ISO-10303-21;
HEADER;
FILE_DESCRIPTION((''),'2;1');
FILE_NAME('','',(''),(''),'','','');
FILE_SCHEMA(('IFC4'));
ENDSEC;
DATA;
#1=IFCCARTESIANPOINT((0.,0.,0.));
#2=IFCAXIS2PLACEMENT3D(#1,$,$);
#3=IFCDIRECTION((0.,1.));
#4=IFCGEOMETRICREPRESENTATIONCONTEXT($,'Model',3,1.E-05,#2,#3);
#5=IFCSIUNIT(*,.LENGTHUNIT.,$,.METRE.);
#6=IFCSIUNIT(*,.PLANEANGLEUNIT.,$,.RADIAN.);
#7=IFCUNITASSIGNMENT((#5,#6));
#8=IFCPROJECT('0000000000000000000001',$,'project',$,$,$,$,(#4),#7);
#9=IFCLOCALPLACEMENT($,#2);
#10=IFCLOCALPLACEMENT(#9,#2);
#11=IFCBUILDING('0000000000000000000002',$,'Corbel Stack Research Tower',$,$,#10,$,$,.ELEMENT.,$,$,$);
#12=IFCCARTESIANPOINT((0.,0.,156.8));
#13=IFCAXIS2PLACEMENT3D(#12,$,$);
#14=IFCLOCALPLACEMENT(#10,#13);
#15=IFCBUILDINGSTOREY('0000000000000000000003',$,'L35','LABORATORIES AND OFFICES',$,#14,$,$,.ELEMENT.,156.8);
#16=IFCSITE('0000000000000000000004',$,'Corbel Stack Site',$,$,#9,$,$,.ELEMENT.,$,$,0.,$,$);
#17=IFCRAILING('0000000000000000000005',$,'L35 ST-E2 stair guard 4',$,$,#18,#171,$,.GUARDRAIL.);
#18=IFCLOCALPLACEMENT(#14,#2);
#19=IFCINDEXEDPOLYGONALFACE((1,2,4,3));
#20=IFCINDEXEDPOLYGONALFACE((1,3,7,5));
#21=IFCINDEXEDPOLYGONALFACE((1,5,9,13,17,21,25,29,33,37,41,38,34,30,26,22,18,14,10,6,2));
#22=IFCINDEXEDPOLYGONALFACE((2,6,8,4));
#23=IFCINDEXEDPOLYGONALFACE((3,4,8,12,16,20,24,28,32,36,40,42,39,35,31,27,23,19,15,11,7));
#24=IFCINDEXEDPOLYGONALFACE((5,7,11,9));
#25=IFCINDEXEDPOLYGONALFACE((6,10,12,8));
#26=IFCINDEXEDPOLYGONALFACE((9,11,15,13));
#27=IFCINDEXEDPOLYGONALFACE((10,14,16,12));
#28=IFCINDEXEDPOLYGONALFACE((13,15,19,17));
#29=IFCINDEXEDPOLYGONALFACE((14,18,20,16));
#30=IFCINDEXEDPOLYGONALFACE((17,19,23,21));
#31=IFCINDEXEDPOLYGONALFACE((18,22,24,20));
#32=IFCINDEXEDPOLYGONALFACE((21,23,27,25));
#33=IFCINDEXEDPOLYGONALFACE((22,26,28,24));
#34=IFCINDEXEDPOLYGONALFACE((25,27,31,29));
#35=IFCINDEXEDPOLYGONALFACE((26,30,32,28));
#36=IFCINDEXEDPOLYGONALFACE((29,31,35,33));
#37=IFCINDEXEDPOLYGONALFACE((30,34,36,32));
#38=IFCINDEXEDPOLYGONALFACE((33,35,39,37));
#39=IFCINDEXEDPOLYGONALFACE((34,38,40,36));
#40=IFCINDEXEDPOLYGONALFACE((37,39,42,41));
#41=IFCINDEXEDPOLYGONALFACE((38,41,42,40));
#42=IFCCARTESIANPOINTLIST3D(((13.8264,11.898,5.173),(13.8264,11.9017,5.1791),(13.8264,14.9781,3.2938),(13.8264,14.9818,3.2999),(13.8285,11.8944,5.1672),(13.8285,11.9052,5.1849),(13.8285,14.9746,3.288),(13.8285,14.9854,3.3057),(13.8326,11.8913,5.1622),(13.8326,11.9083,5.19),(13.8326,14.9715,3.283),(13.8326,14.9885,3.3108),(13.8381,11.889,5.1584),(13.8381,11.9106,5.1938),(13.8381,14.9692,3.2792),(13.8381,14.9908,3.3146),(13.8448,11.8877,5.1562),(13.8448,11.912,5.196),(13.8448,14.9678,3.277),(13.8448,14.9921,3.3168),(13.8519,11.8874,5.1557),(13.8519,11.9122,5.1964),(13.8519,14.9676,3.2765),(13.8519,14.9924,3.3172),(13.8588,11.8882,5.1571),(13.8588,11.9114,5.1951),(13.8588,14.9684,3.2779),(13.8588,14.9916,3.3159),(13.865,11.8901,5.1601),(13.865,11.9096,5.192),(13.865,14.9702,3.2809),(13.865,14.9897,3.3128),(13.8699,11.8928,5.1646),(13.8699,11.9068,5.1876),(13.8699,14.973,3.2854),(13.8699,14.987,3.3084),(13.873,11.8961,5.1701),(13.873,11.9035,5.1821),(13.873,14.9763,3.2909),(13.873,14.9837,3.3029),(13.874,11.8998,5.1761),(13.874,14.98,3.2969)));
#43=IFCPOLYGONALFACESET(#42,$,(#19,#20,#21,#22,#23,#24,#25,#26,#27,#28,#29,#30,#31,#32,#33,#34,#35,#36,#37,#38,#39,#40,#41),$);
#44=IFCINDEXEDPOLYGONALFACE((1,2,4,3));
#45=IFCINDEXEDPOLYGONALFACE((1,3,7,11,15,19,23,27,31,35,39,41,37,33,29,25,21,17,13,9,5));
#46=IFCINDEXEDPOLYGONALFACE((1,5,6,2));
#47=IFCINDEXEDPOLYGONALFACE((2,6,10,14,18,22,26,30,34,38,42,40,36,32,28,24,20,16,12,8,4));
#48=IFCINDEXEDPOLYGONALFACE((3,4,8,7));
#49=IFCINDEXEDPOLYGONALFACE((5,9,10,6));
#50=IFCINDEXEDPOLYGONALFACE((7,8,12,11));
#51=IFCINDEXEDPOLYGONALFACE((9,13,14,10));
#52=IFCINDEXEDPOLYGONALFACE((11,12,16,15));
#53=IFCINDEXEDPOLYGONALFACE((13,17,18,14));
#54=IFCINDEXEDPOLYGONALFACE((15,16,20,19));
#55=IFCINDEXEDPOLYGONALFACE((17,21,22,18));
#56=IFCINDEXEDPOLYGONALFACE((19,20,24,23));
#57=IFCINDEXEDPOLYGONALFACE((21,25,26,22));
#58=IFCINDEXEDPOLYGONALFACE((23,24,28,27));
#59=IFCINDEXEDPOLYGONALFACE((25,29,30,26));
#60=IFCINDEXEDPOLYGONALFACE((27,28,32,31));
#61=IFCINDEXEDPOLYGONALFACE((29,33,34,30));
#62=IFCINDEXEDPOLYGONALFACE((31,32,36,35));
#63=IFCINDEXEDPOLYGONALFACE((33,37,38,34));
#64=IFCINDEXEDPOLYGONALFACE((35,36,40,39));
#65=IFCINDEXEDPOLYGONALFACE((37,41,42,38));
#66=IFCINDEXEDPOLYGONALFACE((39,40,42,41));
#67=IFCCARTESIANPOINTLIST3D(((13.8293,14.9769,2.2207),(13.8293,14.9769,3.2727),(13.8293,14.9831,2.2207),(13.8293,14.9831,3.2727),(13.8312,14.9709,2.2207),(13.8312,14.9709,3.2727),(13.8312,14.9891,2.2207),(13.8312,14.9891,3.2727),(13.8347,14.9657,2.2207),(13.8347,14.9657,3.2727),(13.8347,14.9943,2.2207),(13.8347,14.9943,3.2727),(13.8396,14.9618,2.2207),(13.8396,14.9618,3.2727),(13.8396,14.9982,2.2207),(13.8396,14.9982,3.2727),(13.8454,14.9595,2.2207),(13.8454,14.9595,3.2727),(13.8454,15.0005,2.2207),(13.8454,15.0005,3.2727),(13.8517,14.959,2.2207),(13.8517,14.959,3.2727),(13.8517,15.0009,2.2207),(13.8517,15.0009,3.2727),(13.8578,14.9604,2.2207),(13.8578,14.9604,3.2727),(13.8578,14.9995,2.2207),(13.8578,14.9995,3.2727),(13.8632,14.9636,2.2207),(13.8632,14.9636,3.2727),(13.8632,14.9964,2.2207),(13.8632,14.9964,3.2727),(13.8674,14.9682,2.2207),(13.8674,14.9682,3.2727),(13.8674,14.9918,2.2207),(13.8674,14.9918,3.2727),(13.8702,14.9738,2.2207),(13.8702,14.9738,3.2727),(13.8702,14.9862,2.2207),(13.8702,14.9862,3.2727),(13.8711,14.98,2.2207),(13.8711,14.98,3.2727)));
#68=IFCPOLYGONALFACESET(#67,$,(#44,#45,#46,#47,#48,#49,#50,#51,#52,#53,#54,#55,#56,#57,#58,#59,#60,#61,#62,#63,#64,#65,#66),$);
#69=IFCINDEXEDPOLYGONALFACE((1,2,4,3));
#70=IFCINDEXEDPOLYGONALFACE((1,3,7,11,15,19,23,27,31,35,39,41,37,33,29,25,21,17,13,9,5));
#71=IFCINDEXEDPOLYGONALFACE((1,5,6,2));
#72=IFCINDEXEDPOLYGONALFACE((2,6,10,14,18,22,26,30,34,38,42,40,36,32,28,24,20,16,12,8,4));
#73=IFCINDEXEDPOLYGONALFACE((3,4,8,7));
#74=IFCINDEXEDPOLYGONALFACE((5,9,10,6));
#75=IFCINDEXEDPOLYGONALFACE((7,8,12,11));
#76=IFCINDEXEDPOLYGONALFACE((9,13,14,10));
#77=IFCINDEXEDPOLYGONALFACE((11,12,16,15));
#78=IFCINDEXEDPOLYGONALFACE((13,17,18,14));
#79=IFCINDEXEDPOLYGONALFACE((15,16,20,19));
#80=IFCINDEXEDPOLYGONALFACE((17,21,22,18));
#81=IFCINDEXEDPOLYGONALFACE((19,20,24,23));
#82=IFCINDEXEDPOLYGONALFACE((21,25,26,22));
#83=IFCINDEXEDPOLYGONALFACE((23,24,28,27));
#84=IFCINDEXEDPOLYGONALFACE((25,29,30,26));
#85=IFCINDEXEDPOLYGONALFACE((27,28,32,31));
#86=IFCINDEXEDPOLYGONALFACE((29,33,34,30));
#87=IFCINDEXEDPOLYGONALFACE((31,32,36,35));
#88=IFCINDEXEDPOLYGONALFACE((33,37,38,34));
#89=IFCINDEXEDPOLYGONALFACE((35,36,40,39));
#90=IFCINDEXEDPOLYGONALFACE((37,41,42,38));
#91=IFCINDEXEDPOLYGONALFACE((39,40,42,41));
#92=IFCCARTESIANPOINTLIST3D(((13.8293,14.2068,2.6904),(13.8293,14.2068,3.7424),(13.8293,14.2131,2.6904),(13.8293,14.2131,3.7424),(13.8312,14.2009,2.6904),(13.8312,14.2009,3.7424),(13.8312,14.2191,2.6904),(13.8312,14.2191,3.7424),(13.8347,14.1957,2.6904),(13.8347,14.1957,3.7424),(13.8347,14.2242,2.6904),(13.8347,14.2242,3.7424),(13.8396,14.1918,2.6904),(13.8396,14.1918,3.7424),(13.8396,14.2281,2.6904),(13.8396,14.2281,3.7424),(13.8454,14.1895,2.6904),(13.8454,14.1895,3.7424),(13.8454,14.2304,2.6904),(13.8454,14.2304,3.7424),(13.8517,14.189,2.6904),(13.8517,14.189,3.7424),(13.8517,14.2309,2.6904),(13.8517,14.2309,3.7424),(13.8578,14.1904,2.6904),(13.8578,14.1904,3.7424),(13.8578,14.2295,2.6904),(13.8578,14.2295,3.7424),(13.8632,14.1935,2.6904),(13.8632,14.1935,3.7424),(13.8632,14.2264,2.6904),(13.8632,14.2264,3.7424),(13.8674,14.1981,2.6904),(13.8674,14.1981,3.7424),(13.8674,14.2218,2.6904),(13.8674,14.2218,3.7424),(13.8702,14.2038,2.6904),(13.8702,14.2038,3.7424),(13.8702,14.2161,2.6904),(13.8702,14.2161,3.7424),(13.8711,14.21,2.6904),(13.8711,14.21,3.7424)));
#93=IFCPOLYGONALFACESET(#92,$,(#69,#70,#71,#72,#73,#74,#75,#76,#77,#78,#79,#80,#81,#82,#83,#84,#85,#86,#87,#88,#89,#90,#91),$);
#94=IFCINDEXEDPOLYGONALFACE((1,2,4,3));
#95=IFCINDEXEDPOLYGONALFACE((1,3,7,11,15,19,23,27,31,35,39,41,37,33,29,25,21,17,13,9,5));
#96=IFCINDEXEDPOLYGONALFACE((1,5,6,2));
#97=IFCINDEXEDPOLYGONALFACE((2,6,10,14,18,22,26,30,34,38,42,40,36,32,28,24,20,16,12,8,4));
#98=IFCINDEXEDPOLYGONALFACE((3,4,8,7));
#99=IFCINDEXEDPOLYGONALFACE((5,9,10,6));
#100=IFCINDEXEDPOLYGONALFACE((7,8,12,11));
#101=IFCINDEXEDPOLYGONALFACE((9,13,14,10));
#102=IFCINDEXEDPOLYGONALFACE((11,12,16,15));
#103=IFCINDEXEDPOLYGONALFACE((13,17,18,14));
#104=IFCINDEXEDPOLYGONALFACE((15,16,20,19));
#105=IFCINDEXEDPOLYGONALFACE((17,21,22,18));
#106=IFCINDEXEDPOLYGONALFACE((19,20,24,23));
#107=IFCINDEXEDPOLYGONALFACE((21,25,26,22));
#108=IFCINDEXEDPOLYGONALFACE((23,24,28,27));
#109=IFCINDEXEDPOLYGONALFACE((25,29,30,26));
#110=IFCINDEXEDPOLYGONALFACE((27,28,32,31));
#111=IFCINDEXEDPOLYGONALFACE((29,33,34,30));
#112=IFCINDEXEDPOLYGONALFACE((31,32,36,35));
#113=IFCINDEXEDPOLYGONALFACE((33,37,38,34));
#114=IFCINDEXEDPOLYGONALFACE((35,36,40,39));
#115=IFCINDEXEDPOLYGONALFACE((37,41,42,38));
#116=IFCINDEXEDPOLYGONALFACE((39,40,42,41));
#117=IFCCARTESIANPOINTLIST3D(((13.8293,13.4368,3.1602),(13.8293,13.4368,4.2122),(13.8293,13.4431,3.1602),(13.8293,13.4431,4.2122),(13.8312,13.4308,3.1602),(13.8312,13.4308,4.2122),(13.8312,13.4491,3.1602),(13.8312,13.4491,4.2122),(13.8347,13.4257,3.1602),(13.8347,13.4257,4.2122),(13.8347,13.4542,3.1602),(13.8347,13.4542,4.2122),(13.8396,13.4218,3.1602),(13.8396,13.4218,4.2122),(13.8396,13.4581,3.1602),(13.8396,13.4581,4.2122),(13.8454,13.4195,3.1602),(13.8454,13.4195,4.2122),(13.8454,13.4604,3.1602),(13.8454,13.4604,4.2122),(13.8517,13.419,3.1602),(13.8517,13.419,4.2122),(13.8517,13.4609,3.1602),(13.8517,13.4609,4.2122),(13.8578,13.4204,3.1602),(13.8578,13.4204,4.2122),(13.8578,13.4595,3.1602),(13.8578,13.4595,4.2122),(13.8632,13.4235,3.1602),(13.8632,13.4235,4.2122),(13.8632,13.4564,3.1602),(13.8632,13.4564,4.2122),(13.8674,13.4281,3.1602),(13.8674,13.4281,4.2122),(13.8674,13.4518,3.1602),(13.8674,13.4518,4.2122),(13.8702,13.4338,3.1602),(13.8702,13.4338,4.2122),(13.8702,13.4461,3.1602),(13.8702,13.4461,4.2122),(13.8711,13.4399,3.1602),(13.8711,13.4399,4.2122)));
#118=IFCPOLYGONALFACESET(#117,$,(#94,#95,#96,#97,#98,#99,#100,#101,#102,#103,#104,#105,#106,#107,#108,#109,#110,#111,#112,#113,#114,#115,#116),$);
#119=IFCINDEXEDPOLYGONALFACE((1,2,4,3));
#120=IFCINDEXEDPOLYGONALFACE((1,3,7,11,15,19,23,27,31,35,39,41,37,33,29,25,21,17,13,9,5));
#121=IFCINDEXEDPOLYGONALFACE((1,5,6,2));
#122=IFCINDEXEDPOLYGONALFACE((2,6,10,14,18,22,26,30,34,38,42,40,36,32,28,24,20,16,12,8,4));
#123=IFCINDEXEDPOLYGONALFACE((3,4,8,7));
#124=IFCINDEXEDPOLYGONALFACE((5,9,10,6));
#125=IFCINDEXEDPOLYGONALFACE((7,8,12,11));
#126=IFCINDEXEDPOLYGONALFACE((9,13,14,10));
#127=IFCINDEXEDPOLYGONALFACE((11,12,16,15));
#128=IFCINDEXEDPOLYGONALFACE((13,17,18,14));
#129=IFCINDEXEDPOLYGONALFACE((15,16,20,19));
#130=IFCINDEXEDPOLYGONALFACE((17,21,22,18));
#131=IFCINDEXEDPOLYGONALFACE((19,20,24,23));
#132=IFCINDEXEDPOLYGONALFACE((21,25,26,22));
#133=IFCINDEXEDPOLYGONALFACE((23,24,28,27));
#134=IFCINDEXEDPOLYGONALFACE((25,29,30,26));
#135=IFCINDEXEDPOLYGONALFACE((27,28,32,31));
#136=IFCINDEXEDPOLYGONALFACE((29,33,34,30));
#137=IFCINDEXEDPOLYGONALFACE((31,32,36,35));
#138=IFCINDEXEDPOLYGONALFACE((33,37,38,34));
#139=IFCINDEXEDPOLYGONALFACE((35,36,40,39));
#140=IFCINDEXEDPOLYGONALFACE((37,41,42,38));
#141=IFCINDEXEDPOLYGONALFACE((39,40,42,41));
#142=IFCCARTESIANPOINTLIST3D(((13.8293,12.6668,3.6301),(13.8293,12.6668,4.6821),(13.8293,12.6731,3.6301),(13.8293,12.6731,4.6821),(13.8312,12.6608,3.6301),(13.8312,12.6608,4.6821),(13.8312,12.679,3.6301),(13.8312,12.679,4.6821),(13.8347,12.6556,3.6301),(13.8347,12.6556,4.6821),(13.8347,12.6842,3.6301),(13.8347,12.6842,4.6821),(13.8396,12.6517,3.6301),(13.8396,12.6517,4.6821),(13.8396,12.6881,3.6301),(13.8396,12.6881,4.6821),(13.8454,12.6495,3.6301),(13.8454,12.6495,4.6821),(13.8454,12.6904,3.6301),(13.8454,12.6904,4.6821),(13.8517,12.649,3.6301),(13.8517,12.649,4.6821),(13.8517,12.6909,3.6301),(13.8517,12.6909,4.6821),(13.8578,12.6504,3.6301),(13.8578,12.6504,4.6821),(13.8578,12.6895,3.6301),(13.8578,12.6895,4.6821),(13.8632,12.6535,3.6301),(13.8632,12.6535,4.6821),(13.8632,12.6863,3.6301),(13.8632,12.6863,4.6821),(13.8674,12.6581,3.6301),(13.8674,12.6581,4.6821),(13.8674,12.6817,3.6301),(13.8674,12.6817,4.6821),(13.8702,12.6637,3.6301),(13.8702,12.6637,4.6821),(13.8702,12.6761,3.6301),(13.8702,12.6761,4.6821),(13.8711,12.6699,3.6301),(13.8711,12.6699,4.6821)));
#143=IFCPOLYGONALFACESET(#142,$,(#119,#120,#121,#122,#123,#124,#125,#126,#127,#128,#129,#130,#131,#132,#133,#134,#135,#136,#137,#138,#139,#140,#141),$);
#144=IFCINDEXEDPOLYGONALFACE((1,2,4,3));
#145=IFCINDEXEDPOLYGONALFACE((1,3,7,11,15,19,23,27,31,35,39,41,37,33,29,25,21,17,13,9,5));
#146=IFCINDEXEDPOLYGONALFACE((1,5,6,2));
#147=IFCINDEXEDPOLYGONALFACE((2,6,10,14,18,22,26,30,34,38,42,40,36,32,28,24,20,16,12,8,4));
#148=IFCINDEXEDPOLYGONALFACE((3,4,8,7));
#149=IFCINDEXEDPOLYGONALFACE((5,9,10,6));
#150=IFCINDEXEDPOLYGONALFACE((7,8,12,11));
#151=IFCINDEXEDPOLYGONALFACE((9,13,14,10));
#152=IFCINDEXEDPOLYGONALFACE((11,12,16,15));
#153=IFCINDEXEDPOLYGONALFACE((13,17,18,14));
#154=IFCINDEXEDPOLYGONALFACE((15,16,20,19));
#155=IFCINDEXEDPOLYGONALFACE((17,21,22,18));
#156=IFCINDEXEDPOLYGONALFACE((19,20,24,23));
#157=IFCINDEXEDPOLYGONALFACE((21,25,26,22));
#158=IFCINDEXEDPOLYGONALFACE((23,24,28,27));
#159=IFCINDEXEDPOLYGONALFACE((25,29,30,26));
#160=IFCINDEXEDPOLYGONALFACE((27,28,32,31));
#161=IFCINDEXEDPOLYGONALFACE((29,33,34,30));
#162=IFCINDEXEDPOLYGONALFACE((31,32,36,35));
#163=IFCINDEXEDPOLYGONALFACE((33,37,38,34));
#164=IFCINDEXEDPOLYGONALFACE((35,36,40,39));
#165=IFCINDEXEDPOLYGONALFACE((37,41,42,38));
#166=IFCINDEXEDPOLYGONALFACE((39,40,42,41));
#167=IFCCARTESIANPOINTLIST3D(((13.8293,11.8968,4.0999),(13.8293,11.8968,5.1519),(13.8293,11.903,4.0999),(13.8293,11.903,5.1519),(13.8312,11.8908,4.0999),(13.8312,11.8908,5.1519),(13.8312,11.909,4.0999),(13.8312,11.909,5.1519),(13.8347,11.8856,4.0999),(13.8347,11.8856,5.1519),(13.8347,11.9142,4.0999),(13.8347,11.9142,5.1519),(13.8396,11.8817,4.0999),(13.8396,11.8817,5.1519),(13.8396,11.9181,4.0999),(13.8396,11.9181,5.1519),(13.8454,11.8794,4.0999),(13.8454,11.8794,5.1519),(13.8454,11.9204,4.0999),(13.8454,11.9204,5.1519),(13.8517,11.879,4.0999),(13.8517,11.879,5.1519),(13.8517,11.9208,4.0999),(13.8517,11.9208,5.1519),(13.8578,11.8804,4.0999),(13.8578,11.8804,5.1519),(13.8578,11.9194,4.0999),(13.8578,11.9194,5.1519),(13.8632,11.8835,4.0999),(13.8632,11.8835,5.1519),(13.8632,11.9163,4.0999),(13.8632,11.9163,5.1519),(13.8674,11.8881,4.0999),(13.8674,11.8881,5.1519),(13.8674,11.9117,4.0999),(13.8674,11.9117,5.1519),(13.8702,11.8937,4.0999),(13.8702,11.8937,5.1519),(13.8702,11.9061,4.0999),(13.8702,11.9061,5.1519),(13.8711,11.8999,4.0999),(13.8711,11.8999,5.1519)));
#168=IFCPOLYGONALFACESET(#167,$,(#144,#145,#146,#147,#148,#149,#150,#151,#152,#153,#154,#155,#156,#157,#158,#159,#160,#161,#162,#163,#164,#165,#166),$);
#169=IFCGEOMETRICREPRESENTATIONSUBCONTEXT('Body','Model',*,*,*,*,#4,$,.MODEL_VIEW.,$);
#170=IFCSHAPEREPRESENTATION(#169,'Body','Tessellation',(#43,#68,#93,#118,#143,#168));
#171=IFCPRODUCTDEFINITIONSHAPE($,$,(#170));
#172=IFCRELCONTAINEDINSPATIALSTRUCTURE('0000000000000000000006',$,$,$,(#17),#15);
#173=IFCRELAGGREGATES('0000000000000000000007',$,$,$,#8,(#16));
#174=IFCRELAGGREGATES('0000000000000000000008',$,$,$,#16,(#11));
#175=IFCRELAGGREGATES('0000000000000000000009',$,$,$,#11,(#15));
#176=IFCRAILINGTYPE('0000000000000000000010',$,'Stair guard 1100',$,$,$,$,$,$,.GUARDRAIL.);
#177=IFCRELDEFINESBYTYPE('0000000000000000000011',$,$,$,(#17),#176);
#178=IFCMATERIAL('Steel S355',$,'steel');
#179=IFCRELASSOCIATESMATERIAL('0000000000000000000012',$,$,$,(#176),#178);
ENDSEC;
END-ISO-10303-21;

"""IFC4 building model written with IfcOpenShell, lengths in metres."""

from ifc_helpers import new_model, si_unit, direction, frame, origin, origin_2d, place, context, subcontext, project, spatial, circle, extrude, material, type_object, element, save


model = new_model("IFC4")

# Units and contexts
model_context = context("Model", 3, precision=1e-05, world=origin(), true_north=direction((0.0, 1.0)))
body_context = subcontext(model_context, "Body", "Model", "MODEL_VIEW")
ifc_project = project(units=[si_unit("LENGTHUNIT", "METRE"), si_unit("PLANEANGLEUNIT", "RADIAN")], contexts=[model_context])

# Site, building, storey
site_placement = place(None, origin())
site = spatial("IfcSite", under=ifc_project, at=site_placement, Name="Corbel Stack Site", CompositionType="ELEMENT", RefElevation=0.0)
building_placement = place(site_placement, origin())
building = spatial("IfcBuilding", under=site, at=building_placement, Name="Corbel Stack Research Tower", CompositionType="ELEMENT")
storey_placement = place(building_placement, frame((0.0, 0.0, 156.8)))
storey = spatial("IfcBuildingStorey", under=building, at=storey_placement, Name="L35", Description="LABORATORIES AND OFFICES", CompositionType="ELEMENT", Elevation=156.8)

# Railing
ifc_material_1 = material(Name="Steel S355", Category="steel")
railing_type_1 = type_object("IfcRailingType", Name="Stair guard 1100", PredefinedType="GUARDRAIL", material=ifc_material_1)
railing_1_placement = place(storey_placement, frame((13.8501, 14.98, 2.2207)))
element("IfcRailing", 1, at=railing_1_placement, inside=storey, type_object=railing_type_1, Name="L35 ST-E2 stair guard 4", PredefinedType="GUARDRAIL", context=body_context, shape_type="SweptSolid", body=[
    extrude(circle(Radius=0.0239, at=origin_2d()), frame((0.0, 0.0, 1.0762), z_axis=(0.0, -0.853666, 0.52082), x_axis=(1.0, 0.0, 0.0)), (0.0, 0.0, 1.0), 3.6082),
    extrude(circle(Radius=0.021, at=origin_2d()), origin(), (0.0, 0.0, 1.0), 1.052),
    extrude(circle(Radius=0.021, at=origin_2d()), frame((0.0, -0.77, 0.4697)), (0.0, 0.0, 1.0), 1.052),
    extrude(circle(Radius=0.021, at=origin_2d()), frame((0.0, -1.54, 0.9395)), (0.0, 0.0, 1.0), 1.052),
    extrude(circle(Radius=0.021, at=origin_2d()), frame((0.0, -2.3101, 1.4094)), (0.0, 0.0, 1.0), 1.052),
    extrude(circle(Radius=0.021, at=origin_2d()), frame((0.0, -3.0801, 1.8792)), (0.0, 0.0, 1.0), 1.052),
])

save(model, "model.ifc")
